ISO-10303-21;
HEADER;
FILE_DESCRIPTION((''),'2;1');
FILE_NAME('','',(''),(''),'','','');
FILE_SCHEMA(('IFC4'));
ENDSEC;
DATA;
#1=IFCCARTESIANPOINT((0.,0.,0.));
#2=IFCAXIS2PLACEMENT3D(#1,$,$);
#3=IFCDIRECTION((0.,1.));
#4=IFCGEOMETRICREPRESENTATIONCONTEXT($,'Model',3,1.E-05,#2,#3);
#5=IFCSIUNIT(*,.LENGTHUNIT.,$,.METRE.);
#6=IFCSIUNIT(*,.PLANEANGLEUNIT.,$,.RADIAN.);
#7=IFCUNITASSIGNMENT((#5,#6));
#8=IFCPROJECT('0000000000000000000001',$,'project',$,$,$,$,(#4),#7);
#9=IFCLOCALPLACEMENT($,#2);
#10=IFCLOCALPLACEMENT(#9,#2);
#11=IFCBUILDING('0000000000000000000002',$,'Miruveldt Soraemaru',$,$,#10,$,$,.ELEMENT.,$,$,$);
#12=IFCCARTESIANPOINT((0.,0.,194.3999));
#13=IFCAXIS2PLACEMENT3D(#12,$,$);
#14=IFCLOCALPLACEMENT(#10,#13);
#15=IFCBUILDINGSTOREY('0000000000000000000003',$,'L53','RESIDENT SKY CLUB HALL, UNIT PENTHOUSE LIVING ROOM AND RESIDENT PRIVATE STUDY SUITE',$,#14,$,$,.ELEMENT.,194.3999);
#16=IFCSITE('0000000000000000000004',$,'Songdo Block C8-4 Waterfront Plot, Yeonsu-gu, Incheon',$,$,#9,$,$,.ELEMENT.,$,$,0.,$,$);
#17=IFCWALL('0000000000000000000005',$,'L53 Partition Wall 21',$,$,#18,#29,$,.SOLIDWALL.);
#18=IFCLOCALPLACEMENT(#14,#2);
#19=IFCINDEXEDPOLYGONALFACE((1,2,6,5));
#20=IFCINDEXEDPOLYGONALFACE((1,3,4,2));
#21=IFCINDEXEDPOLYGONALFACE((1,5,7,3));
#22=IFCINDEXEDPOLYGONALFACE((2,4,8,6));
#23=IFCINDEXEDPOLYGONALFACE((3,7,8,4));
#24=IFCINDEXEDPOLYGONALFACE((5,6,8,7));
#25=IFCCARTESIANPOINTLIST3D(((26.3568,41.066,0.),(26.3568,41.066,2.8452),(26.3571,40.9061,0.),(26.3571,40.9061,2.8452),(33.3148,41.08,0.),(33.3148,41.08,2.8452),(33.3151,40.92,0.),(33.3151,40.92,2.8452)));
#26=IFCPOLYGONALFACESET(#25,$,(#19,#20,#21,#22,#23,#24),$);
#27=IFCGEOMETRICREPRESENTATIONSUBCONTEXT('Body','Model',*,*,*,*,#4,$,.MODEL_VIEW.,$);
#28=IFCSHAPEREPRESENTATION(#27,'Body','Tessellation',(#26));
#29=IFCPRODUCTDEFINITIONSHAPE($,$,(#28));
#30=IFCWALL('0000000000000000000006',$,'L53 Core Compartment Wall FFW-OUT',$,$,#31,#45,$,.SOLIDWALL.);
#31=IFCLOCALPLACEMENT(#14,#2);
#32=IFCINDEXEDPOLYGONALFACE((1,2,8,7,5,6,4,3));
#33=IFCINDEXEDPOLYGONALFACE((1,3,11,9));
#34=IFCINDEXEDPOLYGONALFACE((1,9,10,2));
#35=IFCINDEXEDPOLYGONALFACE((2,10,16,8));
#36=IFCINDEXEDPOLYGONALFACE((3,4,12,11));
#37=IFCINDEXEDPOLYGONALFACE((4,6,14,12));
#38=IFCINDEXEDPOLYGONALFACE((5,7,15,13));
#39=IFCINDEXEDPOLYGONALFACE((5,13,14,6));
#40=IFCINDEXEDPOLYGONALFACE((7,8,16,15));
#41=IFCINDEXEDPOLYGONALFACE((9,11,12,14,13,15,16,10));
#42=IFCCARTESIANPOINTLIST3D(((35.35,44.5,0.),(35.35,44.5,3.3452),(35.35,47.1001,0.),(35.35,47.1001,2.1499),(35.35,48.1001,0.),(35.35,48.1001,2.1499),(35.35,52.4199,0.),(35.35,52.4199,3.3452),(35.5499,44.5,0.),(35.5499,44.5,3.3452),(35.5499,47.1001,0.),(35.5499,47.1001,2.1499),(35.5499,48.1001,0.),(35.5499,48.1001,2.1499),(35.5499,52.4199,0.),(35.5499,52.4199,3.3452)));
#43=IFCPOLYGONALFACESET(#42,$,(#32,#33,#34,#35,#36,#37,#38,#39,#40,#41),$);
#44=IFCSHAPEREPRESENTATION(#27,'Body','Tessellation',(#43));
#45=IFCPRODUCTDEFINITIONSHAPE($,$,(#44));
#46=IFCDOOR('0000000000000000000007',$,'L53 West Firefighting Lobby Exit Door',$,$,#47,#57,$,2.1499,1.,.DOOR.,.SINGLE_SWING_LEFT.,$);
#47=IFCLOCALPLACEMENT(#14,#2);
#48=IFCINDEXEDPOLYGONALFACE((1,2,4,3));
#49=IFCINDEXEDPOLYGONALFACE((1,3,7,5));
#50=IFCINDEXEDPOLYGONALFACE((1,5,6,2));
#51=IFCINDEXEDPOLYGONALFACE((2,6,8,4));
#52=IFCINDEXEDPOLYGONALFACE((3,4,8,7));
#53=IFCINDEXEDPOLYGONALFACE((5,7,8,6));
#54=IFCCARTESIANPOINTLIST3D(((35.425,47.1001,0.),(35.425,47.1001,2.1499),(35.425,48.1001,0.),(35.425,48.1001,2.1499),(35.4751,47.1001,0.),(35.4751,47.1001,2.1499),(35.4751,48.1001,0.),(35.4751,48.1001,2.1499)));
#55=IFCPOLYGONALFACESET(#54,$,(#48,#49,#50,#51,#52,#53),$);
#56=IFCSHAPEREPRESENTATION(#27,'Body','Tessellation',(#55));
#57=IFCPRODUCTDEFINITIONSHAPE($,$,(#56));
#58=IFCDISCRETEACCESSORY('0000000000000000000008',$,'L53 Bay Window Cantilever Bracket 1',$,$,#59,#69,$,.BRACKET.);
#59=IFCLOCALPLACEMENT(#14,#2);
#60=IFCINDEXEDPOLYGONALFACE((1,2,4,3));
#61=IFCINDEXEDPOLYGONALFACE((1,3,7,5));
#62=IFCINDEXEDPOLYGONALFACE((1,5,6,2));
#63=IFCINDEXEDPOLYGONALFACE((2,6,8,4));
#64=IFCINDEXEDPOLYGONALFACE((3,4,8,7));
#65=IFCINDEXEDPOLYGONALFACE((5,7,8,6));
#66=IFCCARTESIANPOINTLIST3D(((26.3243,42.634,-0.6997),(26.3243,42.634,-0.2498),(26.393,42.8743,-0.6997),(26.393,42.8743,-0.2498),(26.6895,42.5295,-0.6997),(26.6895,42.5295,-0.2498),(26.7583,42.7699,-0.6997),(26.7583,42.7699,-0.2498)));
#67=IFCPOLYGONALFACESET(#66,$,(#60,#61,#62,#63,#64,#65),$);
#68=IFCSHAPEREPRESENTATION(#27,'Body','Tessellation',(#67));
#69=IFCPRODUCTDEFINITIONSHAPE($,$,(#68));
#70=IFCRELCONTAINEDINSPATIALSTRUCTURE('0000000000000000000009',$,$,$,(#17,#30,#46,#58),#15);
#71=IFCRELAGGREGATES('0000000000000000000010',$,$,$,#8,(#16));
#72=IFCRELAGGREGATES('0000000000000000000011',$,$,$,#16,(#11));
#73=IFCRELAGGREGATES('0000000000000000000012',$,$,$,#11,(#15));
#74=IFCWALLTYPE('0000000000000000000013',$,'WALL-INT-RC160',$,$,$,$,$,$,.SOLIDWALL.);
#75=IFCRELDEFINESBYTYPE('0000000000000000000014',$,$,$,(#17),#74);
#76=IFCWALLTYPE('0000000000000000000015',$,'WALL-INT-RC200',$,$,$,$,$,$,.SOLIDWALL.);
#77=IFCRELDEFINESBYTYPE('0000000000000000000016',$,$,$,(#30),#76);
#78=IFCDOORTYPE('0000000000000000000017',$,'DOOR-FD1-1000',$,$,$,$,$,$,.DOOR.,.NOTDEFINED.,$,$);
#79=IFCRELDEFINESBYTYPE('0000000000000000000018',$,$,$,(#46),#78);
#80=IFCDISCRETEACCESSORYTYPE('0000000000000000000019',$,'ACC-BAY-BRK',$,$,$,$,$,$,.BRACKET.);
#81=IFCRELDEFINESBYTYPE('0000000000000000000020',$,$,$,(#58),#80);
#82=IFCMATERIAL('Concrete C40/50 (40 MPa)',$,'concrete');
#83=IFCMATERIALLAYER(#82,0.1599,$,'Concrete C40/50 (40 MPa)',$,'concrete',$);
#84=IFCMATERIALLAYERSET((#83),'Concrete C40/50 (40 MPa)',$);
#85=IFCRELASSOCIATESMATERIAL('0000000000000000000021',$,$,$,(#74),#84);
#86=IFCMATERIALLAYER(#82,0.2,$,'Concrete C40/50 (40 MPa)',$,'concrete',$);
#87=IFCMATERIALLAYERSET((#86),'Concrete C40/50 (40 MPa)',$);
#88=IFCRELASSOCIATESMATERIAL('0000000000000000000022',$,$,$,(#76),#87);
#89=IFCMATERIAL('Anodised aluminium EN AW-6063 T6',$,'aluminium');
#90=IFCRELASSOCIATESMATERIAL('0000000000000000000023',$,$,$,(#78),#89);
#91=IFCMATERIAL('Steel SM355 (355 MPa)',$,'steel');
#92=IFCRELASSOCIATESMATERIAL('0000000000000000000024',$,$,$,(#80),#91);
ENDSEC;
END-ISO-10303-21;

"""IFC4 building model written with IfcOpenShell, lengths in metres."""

from ifc_helpers import new_model, si_unit, direction, frame, frame_2d, origin, origin_2d, place, context, subcontext, project, spatial, rectangle, extrude, material, layer, layer_set, type_object, element, fill, save


model = new_model("IFC4")

# Units and contexts
model_context = context("Model", 3, precision=1e-05, world=origin(), true_north=direction((0.0, 1.0)))
body_context = subcontext(model_context, "Body", "Model", "MODEL_VIEW")
ifc_project = project(units=[si_unit("LENGTHUNIT", "METRE"), si_unit("PLANEANGLEUNIT", "RADIAN")], contexts=[model_context])

# Site, building, storey
site_placement = place(None, origin())
site = spatial("IfcSite", under=ifc_project, at=site_placement, Name="Songdo Block C8-4 Waterfront Plot, Yeonsu-gu, Incheon", CompositionType="ELEMENT", RefElevation=0.0)
building_placement = place(site_placement, origin())
building = spatial("IfcBuilding", under=site, at=building_placement, Name="Miruveldt Soraemaru", CompositionType="ELEMENT")
storey_placement = place(building_placement, frame((0.0, 0.0, 194.3999)))
storey = spatial("IfcBuildingStorey", under=building, at=storey_placement, Name="L53", Description="RESIDENT SKY CLUB HALL, UNIT PENTHOUSE LIVING ROOM AND RESIDENT PRIVATE STUDY SUITE", CompositionType="ELEMENT", Elevation=194.3999)

# Shared definitions
ifc_material_1 = material(Name="Concrete C40/50 (40 MPa)", Category="concrete")
ifc_layer_1 = layer(ifc_material_1, 0.1599, Name="Concrete C40/50 (40 MPa)", Category="concrete")
ifc_layer_set_1 = layer_set([ifc_layer_1], Name="Concrete C40/50 (40 MPa)")
wall_type_1 = type_object("IfcWallType", Name="WALL-INT-RC160", PredefinedType="SOLIDWALL", material=ifc_layer_set_1)
ifc_material_2 = material(Name="Anodised aluminium EN AW-6063 T6", Category="aluminium")

# Wall
wall_1_placement = place(storey_placement, frame((26.3569, 40.9861, 0.0), z_axis=(0.0, 0.0, 1.0), x_axis=(0.999998, 0.002, 0.0)))
element("IfcWall", 1, at=wall_1_placement, inside=storey, type_object=wall_type_1, Name="L53 Partition Wall 21", PredefinedType="SOLIDWALL", context=body_context, shape_type="SweptSolid", body=[
    extrude(rectangle(XDim=6.958, YDim=0.1599, at=frame_2d((3.479, 0.0))), origin(), (0.0, 0.0, 1.0), 2.8452),
])

# Wall, opening, door
ifc_layer_2 = layer(ifc_material_1, 0.2, Name="Concrete C40/50 (40 MPa)", Category="concrete")
ifc_layer_set_2 = layer_set([ifc_layer_2], Name="Concrete C40/50 (40 MPa)")
wall_type_2 = type_object("IfcWallType", Name="WALL-INT-RC200", PredefinedType="SOLIDWALL", material=ifc_layer_set_2)
wall_2_placement = place(storey_placement, frame((35.45, 44.5, 0.0), z_axis=(0.0, 0.0, 1.0), x_axis=(0.0, 1.0, 0.0)))
wall_2 = element("IfcWall", 2, at=wall_2_placement, inside=storey, type_object=wall_type_2, Name="L53 Core Compartment Wall FFW-OUT", PredefinedType="SOLIDWALL", context=body_context, shape_type="SweptSolid", body=[
    extrude(rectangle(XDim=7.9199, YDim=0.2, at=frame_2d((3.96, 0.0))), origin(), (0.0, 0.0, 1.0), 3.3452),
])
opening_1_placement = place(wall_2_placement, frame((2.6001, 0.0, 0.0)))
opening_1 = element("IfcOpeningElement", 3, at=opening_1_placement, cuts=wall_2, PredefinedType="OPENING", context=body_context, shape_type="SweptSolid", body=[
    extrude(rectangle(XDim=1.0, YDim=2.1499, at=frame_2d((0.5, 1.075))), frame((0.0, 0.1099, 0.0), z_axis=(0.0, -1.0, 0.0), x_axis=(1.0, 0.0, 0.0)), (0.0, 0.0, 1.0), 0.22),
])
door_type_1 = type_object("IfcDoorType", Name="DOOR-FD1-1000", OperationType="NOTDEFINED", PredefinedType="DOOR", material=ifc_material_2)
door_1_placement = place(opening_1_placement, origin())
door_1 = element("IfcDoor", 4, at=door_1_placement, inside=storey, type_object=door_type_1, Name="L53 West Firefighting Lobby Exit Door", OperationType="SINGLE_SWING_LEFT", OverallHeight=2.1499, OverallWidth=1.0, PredefinedType="DOOR", context=body_context, shape_type="SweptSolid", body=[
    extrude(rectangle(XDim=1.0, YDim=2.1499, at=frame_2d((0.5, 1.075))), frame((0.0, 0.0249, 0.0), z_axis=(0.0, -1.0, 0.0), x_axis=(1.0, 0.0, 0.0)), (0.0, 0.0, 1.0), 0.05),
])
fill(opening_1, door_1)

# Discrete accessory
ifc_material_3 = material(Name="Steel SM355 (355 MPa)", Category="steel")
discrete_accessory_type = type_object("IfcDiscreteAccessoryType", Name="ACC-BAY-BRK", PredefinedType="BRACKET", material=ifc_material_3)
discrete_accessory_placement = place(storey_placement, frame((26.5413, 42.7019, -0.6997), z_axis=(0.0, 0.0, 1.0), x_axis=(-0.961449, 0.274983, 0.0)))
element("IfcDiscreteAccessory", 5, at=discrete_accessory_placement, inside=storey, type_object=discrete_accessory_type, Name="L53 Bay Window Cantilever Bracket 1", PredefinedType="BRACKET", context=body_context, shape_type="SweptSolid", body=[
    extrude(rectangle(XDim=0.3799, YDim=0.25, at=origin_2d()), origin(), (0.0, 0.0, 1.0), 0.45),
])

save(model, "model.ifc")
